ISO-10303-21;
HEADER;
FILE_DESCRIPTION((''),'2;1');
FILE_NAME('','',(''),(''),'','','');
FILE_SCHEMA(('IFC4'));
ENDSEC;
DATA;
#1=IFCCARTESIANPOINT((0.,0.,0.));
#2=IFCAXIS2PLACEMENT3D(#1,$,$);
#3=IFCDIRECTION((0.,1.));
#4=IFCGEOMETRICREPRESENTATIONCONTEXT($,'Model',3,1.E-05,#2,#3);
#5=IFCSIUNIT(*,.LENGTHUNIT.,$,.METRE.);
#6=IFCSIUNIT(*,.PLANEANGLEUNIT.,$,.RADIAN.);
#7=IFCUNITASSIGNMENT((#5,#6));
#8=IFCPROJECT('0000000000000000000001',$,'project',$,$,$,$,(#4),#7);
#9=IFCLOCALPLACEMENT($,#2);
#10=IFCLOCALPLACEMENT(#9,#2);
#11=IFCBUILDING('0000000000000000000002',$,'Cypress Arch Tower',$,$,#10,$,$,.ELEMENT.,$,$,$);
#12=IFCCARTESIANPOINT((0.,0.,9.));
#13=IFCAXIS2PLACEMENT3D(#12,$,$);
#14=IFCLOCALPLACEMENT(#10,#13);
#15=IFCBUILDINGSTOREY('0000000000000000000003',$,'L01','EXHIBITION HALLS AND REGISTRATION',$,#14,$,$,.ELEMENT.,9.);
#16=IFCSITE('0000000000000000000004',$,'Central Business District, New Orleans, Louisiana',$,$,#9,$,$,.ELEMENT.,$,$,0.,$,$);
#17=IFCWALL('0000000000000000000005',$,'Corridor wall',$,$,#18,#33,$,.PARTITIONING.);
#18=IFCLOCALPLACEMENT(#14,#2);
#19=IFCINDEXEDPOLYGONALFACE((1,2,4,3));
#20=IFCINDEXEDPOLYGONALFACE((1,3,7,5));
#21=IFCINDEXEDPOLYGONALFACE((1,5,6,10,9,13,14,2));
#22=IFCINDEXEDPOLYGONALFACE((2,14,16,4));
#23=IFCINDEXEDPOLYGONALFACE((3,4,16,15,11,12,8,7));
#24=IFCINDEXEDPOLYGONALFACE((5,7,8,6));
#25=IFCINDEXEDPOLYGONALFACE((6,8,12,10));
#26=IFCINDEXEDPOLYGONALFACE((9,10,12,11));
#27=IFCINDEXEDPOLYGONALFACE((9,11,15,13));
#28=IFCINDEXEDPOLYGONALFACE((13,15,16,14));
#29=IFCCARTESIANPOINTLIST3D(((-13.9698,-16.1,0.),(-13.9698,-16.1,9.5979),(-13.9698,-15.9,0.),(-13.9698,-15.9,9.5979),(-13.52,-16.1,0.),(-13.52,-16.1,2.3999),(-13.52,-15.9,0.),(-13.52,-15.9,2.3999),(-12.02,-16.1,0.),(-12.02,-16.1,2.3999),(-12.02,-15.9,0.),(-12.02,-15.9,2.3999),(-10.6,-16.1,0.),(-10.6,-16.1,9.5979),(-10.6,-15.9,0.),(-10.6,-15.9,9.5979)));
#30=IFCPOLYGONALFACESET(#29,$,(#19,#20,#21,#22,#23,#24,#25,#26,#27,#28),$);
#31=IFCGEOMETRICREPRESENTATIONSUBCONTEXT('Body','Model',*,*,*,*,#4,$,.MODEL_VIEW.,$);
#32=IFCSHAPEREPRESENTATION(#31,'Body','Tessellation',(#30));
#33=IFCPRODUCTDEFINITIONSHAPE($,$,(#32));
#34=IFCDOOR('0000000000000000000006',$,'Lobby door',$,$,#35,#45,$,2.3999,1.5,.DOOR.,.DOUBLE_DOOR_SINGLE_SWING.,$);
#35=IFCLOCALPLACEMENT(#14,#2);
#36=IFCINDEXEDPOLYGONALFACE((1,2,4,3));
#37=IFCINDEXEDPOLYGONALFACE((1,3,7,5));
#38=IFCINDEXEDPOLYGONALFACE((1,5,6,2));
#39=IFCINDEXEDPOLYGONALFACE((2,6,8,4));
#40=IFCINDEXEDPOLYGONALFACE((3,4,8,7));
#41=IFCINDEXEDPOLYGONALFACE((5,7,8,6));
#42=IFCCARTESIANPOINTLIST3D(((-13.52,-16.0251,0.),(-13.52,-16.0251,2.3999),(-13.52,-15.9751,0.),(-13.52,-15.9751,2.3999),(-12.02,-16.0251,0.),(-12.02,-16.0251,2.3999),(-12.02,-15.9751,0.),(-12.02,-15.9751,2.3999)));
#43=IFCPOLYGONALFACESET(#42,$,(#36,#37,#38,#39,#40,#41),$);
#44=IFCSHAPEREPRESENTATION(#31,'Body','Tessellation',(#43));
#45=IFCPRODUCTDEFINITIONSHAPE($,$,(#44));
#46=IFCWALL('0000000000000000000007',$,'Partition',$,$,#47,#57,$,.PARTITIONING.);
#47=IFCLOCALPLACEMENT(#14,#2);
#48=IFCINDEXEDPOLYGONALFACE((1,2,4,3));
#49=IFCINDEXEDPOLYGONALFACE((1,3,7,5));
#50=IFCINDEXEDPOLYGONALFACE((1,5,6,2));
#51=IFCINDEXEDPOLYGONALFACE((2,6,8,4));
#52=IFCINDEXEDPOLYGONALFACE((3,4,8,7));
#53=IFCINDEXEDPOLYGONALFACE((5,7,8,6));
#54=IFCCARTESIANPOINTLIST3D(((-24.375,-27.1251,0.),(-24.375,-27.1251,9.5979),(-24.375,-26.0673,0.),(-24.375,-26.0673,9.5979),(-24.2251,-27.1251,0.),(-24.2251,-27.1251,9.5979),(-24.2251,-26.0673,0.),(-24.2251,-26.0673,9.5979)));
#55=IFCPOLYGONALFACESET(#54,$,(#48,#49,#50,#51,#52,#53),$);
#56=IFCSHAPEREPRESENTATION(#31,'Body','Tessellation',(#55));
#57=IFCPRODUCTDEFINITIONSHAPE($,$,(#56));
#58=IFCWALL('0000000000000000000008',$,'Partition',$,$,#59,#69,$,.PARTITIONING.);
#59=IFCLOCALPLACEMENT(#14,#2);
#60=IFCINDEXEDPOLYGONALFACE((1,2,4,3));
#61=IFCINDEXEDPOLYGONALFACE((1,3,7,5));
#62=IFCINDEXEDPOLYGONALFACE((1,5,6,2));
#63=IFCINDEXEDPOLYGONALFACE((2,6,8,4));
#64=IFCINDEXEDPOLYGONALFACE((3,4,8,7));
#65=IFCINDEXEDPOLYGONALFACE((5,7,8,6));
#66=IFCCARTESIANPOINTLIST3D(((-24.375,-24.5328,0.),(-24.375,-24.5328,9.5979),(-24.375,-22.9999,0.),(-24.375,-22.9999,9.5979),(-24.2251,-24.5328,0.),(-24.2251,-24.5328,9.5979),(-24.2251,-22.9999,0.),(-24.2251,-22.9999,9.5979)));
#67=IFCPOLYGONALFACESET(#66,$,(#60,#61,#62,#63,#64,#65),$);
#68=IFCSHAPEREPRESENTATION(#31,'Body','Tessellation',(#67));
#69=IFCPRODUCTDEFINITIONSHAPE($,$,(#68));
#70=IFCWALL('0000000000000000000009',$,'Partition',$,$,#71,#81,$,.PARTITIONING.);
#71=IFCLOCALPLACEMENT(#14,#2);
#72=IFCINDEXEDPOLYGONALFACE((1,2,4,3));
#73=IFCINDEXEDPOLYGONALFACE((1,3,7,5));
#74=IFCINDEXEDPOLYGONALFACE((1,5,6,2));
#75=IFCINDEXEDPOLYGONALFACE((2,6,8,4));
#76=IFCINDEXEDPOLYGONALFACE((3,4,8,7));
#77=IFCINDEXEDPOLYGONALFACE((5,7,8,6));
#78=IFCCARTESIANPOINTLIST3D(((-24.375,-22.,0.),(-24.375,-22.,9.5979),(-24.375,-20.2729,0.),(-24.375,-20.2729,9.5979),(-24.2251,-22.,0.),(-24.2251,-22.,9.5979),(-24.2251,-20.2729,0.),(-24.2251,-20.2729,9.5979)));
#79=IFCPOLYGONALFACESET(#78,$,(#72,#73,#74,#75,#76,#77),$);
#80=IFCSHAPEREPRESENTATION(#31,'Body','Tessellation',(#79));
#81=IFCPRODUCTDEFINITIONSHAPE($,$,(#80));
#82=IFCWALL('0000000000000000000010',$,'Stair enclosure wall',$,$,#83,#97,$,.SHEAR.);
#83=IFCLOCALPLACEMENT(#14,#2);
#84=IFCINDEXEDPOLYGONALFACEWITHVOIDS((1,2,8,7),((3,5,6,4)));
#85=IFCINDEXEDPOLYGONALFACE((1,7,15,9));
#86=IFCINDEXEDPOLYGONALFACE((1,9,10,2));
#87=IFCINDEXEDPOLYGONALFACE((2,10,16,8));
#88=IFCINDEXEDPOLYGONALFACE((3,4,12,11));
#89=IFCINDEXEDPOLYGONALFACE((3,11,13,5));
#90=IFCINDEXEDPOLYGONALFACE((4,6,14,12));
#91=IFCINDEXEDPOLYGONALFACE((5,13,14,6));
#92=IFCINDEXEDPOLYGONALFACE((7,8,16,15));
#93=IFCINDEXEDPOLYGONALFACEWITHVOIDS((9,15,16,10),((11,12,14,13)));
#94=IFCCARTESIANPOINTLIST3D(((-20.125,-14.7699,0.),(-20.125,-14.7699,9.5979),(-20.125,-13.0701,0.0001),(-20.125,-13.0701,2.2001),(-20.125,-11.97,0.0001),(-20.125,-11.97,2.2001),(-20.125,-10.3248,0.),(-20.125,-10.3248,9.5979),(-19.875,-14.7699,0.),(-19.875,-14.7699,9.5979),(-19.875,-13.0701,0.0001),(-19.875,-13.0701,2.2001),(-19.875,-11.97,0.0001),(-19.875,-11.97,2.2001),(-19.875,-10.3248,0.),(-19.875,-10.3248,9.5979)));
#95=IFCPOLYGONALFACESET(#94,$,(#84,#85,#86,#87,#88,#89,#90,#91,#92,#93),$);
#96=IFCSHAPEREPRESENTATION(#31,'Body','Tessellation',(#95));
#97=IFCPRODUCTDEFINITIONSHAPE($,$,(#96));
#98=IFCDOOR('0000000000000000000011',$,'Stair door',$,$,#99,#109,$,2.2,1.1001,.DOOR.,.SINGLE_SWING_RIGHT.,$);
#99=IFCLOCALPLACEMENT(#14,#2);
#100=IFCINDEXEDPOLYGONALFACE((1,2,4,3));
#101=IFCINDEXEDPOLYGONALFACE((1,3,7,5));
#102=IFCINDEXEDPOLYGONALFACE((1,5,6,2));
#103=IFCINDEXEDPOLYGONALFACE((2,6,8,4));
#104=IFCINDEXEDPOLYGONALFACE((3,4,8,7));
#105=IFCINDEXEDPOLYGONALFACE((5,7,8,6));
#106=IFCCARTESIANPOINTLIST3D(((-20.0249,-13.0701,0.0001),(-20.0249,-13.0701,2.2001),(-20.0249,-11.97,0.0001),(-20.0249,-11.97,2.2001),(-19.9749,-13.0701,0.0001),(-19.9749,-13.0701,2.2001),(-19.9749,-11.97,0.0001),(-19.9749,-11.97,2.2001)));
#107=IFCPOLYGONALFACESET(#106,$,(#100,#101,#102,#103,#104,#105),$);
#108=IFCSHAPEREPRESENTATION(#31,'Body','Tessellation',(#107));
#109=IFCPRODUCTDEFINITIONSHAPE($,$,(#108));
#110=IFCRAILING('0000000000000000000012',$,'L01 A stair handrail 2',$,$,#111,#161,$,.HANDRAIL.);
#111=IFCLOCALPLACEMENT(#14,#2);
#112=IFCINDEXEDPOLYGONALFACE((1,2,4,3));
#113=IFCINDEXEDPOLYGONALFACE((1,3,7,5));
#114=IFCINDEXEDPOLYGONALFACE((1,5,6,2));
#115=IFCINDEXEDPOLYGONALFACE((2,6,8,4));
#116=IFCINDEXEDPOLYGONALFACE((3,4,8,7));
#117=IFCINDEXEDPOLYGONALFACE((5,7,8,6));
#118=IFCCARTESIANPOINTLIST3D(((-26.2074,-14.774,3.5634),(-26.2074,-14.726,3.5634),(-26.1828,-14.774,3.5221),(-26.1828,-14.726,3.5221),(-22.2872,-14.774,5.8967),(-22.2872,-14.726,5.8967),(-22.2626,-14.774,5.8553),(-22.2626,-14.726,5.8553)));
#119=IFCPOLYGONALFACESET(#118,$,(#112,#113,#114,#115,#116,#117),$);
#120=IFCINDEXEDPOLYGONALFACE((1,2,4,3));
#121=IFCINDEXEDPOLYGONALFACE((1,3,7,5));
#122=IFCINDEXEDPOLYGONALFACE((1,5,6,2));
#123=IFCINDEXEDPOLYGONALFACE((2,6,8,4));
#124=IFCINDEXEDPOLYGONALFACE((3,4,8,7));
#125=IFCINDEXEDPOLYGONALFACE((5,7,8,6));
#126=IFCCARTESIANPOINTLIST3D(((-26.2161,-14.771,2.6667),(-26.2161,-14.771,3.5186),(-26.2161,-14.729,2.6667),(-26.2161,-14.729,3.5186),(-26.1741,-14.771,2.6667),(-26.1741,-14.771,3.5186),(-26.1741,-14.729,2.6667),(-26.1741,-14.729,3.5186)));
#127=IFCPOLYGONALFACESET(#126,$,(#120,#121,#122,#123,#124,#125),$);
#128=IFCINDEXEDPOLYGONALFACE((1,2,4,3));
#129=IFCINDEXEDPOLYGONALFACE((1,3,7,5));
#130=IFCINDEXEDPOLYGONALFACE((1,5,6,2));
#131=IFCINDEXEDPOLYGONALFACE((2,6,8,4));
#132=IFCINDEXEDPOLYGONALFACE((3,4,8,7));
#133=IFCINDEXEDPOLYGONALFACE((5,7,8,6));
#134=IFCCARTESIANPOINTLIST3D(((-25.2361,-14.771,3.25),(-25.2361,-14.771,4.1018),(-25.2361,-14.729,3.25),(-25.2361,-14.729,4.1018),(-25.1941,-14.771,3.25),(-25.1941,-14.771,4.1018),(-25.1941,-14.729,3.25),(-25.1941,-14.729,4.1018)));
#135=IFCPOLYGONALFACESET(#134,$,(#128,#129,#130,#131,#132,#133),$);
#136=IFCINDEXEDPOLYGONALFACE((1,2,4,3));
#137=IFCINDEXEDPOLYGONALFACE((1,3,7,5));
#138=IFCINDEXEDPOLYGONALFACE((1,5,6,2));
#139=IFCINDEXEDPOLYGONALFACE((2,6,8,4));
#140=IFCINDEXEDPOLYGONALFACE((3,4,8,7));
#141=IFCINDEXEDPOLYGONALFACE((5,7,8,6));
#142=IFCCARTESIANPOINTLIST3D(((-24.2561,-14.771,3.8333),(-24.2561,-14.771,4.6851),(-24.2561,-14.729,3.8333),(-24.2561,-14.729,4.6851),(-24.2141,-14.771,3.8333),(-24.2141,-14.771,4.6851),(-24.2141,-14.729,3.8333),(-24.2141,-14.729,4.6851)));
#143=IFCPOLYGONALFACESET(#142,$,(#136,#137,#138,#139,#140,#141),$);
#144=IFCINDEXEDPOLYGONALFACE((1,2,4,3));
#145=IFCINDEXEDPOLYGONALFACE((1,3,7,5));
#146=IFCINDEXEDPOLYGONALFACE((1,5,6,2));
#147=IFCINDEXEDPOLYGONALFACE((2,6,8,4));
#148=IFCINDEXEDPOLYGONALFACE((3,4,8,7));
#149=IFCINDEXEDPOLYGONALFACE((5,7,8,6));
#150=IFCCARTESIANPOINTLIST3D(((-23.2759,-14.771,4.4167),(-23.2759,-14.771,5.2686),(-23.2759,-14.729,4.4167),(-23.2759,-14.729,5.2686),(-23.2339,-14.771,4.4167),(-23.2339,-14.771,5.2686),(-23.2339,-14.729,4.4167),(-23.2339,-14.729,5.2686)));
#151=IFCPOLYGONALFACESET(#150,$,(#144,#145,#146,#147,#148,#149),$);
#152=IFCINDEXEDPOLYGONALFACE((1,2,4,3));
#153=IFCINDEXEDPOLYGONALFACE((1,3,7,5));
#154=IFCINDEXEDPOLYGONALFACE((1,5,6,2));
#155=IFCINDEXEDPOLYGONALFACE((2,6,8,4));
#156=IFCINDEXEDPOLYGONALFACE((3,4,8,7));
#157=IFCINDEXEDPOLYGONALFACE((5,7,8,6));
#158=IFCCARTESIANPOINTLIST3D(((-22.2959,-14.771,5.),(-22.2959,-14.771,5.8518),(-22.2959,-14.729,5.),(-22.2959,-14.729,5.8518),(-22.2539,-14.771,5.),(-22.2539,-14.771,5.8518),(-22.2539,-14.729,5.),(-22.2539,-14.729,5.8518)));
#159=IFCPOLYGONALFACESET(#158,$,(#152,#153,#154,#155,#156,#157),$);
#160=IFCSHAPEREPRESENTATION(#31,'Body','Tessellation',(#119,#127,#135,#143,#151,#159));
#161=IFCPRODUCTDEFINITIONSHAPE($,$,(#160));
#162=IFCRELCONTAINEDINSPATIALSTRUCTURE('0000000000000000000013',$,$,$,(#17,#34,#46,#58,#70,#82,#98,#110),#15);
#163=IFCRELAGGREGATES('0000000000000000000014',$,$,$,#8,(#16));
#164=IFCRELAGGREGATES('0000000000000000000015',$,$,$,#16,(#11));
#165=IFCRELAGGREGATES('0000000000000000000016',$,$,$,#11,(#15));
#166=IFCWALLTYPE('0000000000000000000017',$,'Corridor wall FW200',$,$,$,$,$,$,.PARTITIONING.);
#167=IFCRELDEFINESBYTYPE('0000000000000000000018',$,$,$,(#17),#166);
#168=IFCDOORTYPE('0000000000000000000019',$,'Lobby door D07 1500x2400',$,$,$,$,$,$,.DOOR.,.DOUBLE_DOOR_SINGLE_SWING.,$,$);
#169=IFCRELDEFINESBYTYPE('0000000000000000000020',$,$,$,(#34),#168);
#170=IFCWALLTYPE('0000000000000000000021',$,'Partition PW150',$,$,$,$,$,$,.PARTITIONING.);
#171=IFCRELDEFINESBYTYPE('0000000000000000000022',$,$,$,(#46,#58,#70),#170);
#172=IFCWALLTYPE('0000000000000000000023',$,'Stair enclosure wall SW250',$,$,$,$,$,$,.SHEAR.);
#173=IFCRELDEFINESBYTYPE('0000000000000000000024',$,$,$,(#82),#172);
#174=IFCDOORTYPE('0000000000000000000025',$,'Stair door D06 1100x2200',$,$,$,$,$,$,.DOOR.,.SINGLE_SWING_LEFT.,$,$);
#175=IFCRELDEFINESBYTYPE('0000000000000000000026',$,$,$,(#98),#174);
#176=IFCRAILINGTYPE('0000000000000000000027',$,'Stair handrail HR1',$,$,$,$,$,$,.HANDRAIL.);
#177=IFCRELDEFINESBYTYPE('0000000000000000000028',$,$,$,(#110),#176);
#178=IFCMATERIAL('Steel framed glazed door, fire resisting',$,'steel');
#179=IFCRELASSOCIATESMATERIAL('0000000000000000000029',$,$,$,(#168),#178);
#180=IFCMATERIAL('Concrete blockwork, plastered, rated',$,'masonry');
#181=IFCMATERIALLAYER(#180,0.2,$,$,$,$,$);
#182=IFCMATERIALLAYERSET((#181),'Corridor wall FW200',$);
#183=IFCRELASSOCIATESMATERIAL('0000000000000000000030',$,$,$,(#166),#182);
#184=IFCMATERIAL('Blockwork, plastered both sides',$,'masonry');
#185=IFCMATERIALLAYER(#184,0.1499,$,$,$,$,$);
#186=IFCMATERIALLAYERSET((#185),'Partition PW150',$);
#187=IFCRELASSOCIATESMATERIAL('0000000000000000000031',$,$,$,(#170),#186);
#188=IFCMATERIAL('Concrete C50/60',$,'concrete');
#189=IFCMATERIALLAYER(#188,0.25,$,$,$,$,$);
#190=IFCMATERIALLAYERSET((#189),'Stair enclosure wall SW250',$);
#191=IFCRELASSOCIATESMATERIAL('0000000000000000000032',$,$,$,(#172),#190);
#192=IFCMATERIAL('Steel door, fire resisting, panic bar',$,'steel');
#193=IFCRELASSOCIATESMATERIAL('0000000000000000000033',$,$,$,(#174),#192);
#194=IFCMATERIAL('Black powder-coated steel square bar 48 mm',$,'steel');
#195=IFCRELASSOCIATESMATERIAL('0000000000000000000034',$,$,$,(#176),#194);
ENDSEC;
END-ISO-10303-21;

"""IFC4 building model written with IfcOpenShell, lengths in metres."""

from ifc_helpers import new_model, si_unit, direction, frame, frame_2d, origin, origin_2d, place, context, subcontext, project, spatial, rectangle, extrude, material, layer, layer_set, type_object, element, fill, save


model = new_model("IFC4")

# Units and contexts
model_context = context("Model", 3, precision=1e-05, world=origin(), true_north=direction((0.0, 1.0)))
body_context = subcontext(model_context, "Body", "Model", "MODEL_VIEW")
ifc_project = project(units=[si_unit("LENGTHUNIT", "METRE"), si_unit("PLANEANGLEUNIT", "RADIAN")], contexts=[model_context])

# Site, building, storey
site_placement = place(None, origin())
site = spatial("IfcSite", under=ifc_project, at=site_placement, Name="Central Business District, New Orleans, Louisiana", CompositionType="ELEMENT", RefElevation=0.0)
building_placement = place(site_placement, origin())
building = spatial("IfcBuilding", under=site, at=building_placement, Name="Cypress Arch Tower", CompositionType="ELEMENT")
storey_placement = place(building_placement, frame((0.0, 0.0, 9.0)))
storey = spatial("IfcBuildingStorey", under=building, at=storey_placement, Name="L01", Description="EXHIBITION HALLS AND REGISTRATION", CompositionType="ELEMENT", Elevation=9.0)

# Shared definitions
ifc_material_1 = material(Name="Steel framed glazed door, fire resisting", Category="steel")
door_type_1 = type_object("IfcDoorType", Name="Lobby door D07 1500x2400", OperationType="DOUBLE_DOOR_SINGLE_SWING", PredefinedType="DOOR", material=ifc_material_1)

# Shared definitions
ifc_material_2 = material(Name="Concrete blockwork, plastered, rated", Category="masonry")
ifc_layer_1 = layer(ifc_material_2, 0.2)
ifc_layer_set_1 = layer_set([ifc_layer_1], Name="Corridor wall FW200")
wall_type_1 = type_object("IfcWallType", Name="Corridor wall FW200", PredefinedType="PARTITIONING", material=ifc_layer_set_1)

# Wall, opening, door
wall_1_placement = place(storey_placement, frame((-13.97, -16.0, 0.0), z_axis=(0.0, 0.0, 1.0), x_axis=(1.0, 0.0, 0.0)))
wall_1 = element("IfcWall", 1, at=wall_1_placement, inside=storey, type_object=wall_type_1, Name="Corridor wall", PredefinedType="PARTITIONING", context=body_context, shape_type="SweptSolid", body=[
    extrude(rectangle(XDim=3.3699, YDim=0.2, at=frame_2d((1.6851, 0.0))), origin(), (0.0, 0.0, 1.0), 9.5979),
])
opening_1_placement = place(wall_1_placement, frame((0.45, 0.0, 0.0)))
opening_1 = element("IfcOpeningElement", 2, at=opening_1_placement, cuts=wall_1, PredefinedType="OPENING", context=body_context, shape_type="SweptSolid", body=[
    extrude(rectangle(XDim=1.5, YDim=2.3999, at=frame_2d((0.75, 1.2))), frame((0.0, 0.1099, 0.0), z_axis=(0.0, -1.0, 0.0), x_axis=(1.0, 0.0, 0.0)), (0.0, 0.0, 1.0), 0.22),
])
door_1_placement = place(opening_1_placement, origin())
door_1 = element("IfcDoor", 3, at=door_1_placement, inside=storey, type_object=door_type_1, Name="Lobby door", OperationType="DOUBLE_DOOR_SINGLE_SWING", OverallHeight=2.3999, OverallWidth=1.5, PredefinedType="DOOR", context=body_context, shape_type="SweptSolid", body=[
    extrude(rectangle(XDim=1.5, YDim=2.3999, at=frame_2d((0.75, 1.2))), frame((0.0, 0.0249, 0.0), z_axis=(0.0, -1.0, 0.0), x_axis=(1.0, 0.0, 0.0)), (0.0, 0.0, 1.0), 0.05),
])
fill(opening_1, door_1)

# Walls
ifc_material_3 = material(Name="Blockwork, plastered both sides", Category="masonry")
ifc_layer_2 = layer(ifc_material_3, 0.1499)
ifc_layer_set_2 = layer_set([ifc_layer_2], Name="Partition PW150")
wall_type_2 = type_object("IfcWallType", Name="Partition PW150", PredefinedType="PARTITIONING", material=ifc_layer_set_2)
wall_2_placement = place(storey_placement, frame((-24.3, -27.125, 0.0), z_axis=(0.0, 0.0, 1.0), x_axis=(0.0, 1.0, 0.0)))
element("IfcWall", 4, at=wall_2_placement, inside=storey, type_object=wall_type_2, Name="Partition", PredefinedType="PARTITIONING", context=body_context, shape_type="SweptSolid", body=[
    extrude(rectangle(XDim=1.0579, YDim=0.1499, at=frame_2d((0.5288, 0.0))), origin(), (0.0, 0.0, 1.0), 9.5979),
])
wall_3_placement = place(storey_placement, frame((-24.3, -24.533, 0.0), z_axis=(0.0, 0.0, 1.0), x_axis=(0.0, 1.0, 0.0)))
element("IfcWall", 5, at=wall_3_placement, inside=storey, type_object=wall_type_2, Name="Partition", PredefinedType="PARTITIONING", context=body_context, shape_type="SweptSolid", body=[
    extrude(rectangle(XDim=1.533, YDim=0.1499, at=frame_2d((0.7666, 0.0))), origin(), (0.0, 0.0, 1.0), 9.5979),
])
wall_4_placement = place(storey_placement, frame((-24.3, -22.0, 0.0), z_axis=(0.0, 0.0, 1.0), x_axis=(0.0, 1.0, 0.0)))
element("IfcWall", 6, at=wall_4_placement, inside=storey, type_object=wall_type_2, Name="Partition", PredefinedType="PARTITIONING", context=body_context, shape_type="SweptSolid", body=[
    extrude(rectangle(XDim=1.7271, YDim=0.1499, at=frame_2d((0.8635, 0.0))), origin(), (0.0, 0.0, 1.0), 9.5979),
])

# Wall, opening, door
ifc_material_4 = material(Name="Concrete C50/60", Category="concrete")
ifc_layer_3 = layer(ifc_material_4, 0.25)
ifc_layer_set_3 = layer_set([ifc_layer_3], Name="Stair enclosure wall SW250")
wall_type_3 = type_object("IfcWallType", Name="Stair enclosure wall SW250", PredefinedType="SHEAR", material=ifc_layer_set_3)
wall_5_placement = place(storey_placement, frame((-20.0, -14.77, 0.0), z_axis=(0.0, 0.0, 1.0), x_axis=(0.0, 1.0, 0.0)))
wall_5 = element("IfcWall", 7, at=wall_5_placement, inside=storey, type_object=wall_type_3, Name="Stair enclosure wall", PredefinedType="SHEAR", context=body_context, shape_type="SweptSolid", body=[
    extrude(rectangle(XDim=4.4451, YDim=0.25, at=frame_2d((2.2227, 0.0))), origin(), (0.0, 0.0, 1.0), 9.5979),
])
opening_2_placement = place(wall_5_placement, frame((1.7, 0.0, 0.0)))
opening_2 = element("IfcOpeningElement", 8, at=opening_2_placement, cuts=wall_5, PredefinedType="OPENING", context=body_context, shape_type="SweptSolid", body=[
    extrude(rectangle(XDim=1.1001, YDim=2.2, at=frame_2d((0.55, 1.1001))), frame((0.0, 0.135, 0.0), z_axis=(0.0, -1.0, 0.0), x_axis=(1.0, 0.0, 0.0)), (0.0, 0.0, 1.0), 0.27),
])
ifc_material_5 = material(Name="Steel door, fire resisting, panic bar", Category="steel")
door_type_2 = type_object("IfcDoorType", Name="Stair door D06 1100x2200", OperationType="SINGLE_SWING_LEFT", PredefinedType="DOOR", material=ifc_material_5)
door_2_placement = place(opening_2_placement, origin())
door_2 = element("IfcDoor", 9, at=door_2_placement, inside=storey, type_object=door_type_2, Name="Stair door", OperationType="SINGLE_SWING_RIGHT", OverallHeight=2.2, OverallWidth=1.1001, PredefinedType="DOOR", context=body_context, shape_type="SweptSolid", body=[
    extrude(rectangle(XDim=1.1001, YDim=2.2, at=frame_2d((0.55, 1.1001))), frame((0.0, 0.0249, 0.0), z_axis=(0.0, -1.0, 0.0), x_axis=(1.0, 0.0, 0.0)), (0.0, 0.0, 1.0), 0.05),
])
fill(opening_2, door_2)

# Railing
ifc_material_6 = material(Name="Black powder-coated steel square bar 48 mm", Category="steel")
railing_type_1 = type_object("IfcRailingType", Name="Stair handrail HR1", PredefinedType="HANDRAIL", material=ifc_material_6)
for number, where, name in (
    (10, (-26.1951, -14.75, 2.6667), "L01 A stair handrail 2"),
):
    element("IfcRailing", number, at=place(storey_placement, frame(where)), inside=storey, type_object=railing_type_1, Name=name, PredefinedType="HANDRAIL", context=body_context, shape_type="SweptSolid", body=[
        extrude(rectangle(XDim=0.0481, YDim=0.0481, at=origin_2d()), frame((0.0, 0.0, 0.876), z_axis=(0.85931, 0.0, 0.511455), x_axis=(0.0, 1.0, 0.0)), (0.0, 0.0, 1.0), 4.562),
        extrude(rectangle(XDim=0.042, YDim=0.042, at=origin_2d()), origin(), (0.0, 0.0, 1.0), 0.8518),
        extrude(rectangle(XDim=0.042, YDim=0.042, at=origin_2d()), frame((0.98, 0.0, 0.5833)), (0.0, 0.0, 1.0), 0.8518),
        extrude(rectangle(XDim=0.042, YDim=0.042, at=origin_2d()), frame((1.96, 0.0, 1.1665)), (0.0, 0.0, 1.0), 0.8518),
        extrude(rectangle(XDim=0.042, YDim=0.042, at=origin_2d()), frame((2.9402, 0.0, 1.75)), (0.0, 0.0, 1.0), 0.8518),
        extrude(rectangle(XDim=0.042, YDim=0.042, at=origin_2d()), frame((3.9202, 0.0, 2.3333)), (0.0, 0.0, 1.0), 0.8518),
    ])

save(model, "model.ifc")
